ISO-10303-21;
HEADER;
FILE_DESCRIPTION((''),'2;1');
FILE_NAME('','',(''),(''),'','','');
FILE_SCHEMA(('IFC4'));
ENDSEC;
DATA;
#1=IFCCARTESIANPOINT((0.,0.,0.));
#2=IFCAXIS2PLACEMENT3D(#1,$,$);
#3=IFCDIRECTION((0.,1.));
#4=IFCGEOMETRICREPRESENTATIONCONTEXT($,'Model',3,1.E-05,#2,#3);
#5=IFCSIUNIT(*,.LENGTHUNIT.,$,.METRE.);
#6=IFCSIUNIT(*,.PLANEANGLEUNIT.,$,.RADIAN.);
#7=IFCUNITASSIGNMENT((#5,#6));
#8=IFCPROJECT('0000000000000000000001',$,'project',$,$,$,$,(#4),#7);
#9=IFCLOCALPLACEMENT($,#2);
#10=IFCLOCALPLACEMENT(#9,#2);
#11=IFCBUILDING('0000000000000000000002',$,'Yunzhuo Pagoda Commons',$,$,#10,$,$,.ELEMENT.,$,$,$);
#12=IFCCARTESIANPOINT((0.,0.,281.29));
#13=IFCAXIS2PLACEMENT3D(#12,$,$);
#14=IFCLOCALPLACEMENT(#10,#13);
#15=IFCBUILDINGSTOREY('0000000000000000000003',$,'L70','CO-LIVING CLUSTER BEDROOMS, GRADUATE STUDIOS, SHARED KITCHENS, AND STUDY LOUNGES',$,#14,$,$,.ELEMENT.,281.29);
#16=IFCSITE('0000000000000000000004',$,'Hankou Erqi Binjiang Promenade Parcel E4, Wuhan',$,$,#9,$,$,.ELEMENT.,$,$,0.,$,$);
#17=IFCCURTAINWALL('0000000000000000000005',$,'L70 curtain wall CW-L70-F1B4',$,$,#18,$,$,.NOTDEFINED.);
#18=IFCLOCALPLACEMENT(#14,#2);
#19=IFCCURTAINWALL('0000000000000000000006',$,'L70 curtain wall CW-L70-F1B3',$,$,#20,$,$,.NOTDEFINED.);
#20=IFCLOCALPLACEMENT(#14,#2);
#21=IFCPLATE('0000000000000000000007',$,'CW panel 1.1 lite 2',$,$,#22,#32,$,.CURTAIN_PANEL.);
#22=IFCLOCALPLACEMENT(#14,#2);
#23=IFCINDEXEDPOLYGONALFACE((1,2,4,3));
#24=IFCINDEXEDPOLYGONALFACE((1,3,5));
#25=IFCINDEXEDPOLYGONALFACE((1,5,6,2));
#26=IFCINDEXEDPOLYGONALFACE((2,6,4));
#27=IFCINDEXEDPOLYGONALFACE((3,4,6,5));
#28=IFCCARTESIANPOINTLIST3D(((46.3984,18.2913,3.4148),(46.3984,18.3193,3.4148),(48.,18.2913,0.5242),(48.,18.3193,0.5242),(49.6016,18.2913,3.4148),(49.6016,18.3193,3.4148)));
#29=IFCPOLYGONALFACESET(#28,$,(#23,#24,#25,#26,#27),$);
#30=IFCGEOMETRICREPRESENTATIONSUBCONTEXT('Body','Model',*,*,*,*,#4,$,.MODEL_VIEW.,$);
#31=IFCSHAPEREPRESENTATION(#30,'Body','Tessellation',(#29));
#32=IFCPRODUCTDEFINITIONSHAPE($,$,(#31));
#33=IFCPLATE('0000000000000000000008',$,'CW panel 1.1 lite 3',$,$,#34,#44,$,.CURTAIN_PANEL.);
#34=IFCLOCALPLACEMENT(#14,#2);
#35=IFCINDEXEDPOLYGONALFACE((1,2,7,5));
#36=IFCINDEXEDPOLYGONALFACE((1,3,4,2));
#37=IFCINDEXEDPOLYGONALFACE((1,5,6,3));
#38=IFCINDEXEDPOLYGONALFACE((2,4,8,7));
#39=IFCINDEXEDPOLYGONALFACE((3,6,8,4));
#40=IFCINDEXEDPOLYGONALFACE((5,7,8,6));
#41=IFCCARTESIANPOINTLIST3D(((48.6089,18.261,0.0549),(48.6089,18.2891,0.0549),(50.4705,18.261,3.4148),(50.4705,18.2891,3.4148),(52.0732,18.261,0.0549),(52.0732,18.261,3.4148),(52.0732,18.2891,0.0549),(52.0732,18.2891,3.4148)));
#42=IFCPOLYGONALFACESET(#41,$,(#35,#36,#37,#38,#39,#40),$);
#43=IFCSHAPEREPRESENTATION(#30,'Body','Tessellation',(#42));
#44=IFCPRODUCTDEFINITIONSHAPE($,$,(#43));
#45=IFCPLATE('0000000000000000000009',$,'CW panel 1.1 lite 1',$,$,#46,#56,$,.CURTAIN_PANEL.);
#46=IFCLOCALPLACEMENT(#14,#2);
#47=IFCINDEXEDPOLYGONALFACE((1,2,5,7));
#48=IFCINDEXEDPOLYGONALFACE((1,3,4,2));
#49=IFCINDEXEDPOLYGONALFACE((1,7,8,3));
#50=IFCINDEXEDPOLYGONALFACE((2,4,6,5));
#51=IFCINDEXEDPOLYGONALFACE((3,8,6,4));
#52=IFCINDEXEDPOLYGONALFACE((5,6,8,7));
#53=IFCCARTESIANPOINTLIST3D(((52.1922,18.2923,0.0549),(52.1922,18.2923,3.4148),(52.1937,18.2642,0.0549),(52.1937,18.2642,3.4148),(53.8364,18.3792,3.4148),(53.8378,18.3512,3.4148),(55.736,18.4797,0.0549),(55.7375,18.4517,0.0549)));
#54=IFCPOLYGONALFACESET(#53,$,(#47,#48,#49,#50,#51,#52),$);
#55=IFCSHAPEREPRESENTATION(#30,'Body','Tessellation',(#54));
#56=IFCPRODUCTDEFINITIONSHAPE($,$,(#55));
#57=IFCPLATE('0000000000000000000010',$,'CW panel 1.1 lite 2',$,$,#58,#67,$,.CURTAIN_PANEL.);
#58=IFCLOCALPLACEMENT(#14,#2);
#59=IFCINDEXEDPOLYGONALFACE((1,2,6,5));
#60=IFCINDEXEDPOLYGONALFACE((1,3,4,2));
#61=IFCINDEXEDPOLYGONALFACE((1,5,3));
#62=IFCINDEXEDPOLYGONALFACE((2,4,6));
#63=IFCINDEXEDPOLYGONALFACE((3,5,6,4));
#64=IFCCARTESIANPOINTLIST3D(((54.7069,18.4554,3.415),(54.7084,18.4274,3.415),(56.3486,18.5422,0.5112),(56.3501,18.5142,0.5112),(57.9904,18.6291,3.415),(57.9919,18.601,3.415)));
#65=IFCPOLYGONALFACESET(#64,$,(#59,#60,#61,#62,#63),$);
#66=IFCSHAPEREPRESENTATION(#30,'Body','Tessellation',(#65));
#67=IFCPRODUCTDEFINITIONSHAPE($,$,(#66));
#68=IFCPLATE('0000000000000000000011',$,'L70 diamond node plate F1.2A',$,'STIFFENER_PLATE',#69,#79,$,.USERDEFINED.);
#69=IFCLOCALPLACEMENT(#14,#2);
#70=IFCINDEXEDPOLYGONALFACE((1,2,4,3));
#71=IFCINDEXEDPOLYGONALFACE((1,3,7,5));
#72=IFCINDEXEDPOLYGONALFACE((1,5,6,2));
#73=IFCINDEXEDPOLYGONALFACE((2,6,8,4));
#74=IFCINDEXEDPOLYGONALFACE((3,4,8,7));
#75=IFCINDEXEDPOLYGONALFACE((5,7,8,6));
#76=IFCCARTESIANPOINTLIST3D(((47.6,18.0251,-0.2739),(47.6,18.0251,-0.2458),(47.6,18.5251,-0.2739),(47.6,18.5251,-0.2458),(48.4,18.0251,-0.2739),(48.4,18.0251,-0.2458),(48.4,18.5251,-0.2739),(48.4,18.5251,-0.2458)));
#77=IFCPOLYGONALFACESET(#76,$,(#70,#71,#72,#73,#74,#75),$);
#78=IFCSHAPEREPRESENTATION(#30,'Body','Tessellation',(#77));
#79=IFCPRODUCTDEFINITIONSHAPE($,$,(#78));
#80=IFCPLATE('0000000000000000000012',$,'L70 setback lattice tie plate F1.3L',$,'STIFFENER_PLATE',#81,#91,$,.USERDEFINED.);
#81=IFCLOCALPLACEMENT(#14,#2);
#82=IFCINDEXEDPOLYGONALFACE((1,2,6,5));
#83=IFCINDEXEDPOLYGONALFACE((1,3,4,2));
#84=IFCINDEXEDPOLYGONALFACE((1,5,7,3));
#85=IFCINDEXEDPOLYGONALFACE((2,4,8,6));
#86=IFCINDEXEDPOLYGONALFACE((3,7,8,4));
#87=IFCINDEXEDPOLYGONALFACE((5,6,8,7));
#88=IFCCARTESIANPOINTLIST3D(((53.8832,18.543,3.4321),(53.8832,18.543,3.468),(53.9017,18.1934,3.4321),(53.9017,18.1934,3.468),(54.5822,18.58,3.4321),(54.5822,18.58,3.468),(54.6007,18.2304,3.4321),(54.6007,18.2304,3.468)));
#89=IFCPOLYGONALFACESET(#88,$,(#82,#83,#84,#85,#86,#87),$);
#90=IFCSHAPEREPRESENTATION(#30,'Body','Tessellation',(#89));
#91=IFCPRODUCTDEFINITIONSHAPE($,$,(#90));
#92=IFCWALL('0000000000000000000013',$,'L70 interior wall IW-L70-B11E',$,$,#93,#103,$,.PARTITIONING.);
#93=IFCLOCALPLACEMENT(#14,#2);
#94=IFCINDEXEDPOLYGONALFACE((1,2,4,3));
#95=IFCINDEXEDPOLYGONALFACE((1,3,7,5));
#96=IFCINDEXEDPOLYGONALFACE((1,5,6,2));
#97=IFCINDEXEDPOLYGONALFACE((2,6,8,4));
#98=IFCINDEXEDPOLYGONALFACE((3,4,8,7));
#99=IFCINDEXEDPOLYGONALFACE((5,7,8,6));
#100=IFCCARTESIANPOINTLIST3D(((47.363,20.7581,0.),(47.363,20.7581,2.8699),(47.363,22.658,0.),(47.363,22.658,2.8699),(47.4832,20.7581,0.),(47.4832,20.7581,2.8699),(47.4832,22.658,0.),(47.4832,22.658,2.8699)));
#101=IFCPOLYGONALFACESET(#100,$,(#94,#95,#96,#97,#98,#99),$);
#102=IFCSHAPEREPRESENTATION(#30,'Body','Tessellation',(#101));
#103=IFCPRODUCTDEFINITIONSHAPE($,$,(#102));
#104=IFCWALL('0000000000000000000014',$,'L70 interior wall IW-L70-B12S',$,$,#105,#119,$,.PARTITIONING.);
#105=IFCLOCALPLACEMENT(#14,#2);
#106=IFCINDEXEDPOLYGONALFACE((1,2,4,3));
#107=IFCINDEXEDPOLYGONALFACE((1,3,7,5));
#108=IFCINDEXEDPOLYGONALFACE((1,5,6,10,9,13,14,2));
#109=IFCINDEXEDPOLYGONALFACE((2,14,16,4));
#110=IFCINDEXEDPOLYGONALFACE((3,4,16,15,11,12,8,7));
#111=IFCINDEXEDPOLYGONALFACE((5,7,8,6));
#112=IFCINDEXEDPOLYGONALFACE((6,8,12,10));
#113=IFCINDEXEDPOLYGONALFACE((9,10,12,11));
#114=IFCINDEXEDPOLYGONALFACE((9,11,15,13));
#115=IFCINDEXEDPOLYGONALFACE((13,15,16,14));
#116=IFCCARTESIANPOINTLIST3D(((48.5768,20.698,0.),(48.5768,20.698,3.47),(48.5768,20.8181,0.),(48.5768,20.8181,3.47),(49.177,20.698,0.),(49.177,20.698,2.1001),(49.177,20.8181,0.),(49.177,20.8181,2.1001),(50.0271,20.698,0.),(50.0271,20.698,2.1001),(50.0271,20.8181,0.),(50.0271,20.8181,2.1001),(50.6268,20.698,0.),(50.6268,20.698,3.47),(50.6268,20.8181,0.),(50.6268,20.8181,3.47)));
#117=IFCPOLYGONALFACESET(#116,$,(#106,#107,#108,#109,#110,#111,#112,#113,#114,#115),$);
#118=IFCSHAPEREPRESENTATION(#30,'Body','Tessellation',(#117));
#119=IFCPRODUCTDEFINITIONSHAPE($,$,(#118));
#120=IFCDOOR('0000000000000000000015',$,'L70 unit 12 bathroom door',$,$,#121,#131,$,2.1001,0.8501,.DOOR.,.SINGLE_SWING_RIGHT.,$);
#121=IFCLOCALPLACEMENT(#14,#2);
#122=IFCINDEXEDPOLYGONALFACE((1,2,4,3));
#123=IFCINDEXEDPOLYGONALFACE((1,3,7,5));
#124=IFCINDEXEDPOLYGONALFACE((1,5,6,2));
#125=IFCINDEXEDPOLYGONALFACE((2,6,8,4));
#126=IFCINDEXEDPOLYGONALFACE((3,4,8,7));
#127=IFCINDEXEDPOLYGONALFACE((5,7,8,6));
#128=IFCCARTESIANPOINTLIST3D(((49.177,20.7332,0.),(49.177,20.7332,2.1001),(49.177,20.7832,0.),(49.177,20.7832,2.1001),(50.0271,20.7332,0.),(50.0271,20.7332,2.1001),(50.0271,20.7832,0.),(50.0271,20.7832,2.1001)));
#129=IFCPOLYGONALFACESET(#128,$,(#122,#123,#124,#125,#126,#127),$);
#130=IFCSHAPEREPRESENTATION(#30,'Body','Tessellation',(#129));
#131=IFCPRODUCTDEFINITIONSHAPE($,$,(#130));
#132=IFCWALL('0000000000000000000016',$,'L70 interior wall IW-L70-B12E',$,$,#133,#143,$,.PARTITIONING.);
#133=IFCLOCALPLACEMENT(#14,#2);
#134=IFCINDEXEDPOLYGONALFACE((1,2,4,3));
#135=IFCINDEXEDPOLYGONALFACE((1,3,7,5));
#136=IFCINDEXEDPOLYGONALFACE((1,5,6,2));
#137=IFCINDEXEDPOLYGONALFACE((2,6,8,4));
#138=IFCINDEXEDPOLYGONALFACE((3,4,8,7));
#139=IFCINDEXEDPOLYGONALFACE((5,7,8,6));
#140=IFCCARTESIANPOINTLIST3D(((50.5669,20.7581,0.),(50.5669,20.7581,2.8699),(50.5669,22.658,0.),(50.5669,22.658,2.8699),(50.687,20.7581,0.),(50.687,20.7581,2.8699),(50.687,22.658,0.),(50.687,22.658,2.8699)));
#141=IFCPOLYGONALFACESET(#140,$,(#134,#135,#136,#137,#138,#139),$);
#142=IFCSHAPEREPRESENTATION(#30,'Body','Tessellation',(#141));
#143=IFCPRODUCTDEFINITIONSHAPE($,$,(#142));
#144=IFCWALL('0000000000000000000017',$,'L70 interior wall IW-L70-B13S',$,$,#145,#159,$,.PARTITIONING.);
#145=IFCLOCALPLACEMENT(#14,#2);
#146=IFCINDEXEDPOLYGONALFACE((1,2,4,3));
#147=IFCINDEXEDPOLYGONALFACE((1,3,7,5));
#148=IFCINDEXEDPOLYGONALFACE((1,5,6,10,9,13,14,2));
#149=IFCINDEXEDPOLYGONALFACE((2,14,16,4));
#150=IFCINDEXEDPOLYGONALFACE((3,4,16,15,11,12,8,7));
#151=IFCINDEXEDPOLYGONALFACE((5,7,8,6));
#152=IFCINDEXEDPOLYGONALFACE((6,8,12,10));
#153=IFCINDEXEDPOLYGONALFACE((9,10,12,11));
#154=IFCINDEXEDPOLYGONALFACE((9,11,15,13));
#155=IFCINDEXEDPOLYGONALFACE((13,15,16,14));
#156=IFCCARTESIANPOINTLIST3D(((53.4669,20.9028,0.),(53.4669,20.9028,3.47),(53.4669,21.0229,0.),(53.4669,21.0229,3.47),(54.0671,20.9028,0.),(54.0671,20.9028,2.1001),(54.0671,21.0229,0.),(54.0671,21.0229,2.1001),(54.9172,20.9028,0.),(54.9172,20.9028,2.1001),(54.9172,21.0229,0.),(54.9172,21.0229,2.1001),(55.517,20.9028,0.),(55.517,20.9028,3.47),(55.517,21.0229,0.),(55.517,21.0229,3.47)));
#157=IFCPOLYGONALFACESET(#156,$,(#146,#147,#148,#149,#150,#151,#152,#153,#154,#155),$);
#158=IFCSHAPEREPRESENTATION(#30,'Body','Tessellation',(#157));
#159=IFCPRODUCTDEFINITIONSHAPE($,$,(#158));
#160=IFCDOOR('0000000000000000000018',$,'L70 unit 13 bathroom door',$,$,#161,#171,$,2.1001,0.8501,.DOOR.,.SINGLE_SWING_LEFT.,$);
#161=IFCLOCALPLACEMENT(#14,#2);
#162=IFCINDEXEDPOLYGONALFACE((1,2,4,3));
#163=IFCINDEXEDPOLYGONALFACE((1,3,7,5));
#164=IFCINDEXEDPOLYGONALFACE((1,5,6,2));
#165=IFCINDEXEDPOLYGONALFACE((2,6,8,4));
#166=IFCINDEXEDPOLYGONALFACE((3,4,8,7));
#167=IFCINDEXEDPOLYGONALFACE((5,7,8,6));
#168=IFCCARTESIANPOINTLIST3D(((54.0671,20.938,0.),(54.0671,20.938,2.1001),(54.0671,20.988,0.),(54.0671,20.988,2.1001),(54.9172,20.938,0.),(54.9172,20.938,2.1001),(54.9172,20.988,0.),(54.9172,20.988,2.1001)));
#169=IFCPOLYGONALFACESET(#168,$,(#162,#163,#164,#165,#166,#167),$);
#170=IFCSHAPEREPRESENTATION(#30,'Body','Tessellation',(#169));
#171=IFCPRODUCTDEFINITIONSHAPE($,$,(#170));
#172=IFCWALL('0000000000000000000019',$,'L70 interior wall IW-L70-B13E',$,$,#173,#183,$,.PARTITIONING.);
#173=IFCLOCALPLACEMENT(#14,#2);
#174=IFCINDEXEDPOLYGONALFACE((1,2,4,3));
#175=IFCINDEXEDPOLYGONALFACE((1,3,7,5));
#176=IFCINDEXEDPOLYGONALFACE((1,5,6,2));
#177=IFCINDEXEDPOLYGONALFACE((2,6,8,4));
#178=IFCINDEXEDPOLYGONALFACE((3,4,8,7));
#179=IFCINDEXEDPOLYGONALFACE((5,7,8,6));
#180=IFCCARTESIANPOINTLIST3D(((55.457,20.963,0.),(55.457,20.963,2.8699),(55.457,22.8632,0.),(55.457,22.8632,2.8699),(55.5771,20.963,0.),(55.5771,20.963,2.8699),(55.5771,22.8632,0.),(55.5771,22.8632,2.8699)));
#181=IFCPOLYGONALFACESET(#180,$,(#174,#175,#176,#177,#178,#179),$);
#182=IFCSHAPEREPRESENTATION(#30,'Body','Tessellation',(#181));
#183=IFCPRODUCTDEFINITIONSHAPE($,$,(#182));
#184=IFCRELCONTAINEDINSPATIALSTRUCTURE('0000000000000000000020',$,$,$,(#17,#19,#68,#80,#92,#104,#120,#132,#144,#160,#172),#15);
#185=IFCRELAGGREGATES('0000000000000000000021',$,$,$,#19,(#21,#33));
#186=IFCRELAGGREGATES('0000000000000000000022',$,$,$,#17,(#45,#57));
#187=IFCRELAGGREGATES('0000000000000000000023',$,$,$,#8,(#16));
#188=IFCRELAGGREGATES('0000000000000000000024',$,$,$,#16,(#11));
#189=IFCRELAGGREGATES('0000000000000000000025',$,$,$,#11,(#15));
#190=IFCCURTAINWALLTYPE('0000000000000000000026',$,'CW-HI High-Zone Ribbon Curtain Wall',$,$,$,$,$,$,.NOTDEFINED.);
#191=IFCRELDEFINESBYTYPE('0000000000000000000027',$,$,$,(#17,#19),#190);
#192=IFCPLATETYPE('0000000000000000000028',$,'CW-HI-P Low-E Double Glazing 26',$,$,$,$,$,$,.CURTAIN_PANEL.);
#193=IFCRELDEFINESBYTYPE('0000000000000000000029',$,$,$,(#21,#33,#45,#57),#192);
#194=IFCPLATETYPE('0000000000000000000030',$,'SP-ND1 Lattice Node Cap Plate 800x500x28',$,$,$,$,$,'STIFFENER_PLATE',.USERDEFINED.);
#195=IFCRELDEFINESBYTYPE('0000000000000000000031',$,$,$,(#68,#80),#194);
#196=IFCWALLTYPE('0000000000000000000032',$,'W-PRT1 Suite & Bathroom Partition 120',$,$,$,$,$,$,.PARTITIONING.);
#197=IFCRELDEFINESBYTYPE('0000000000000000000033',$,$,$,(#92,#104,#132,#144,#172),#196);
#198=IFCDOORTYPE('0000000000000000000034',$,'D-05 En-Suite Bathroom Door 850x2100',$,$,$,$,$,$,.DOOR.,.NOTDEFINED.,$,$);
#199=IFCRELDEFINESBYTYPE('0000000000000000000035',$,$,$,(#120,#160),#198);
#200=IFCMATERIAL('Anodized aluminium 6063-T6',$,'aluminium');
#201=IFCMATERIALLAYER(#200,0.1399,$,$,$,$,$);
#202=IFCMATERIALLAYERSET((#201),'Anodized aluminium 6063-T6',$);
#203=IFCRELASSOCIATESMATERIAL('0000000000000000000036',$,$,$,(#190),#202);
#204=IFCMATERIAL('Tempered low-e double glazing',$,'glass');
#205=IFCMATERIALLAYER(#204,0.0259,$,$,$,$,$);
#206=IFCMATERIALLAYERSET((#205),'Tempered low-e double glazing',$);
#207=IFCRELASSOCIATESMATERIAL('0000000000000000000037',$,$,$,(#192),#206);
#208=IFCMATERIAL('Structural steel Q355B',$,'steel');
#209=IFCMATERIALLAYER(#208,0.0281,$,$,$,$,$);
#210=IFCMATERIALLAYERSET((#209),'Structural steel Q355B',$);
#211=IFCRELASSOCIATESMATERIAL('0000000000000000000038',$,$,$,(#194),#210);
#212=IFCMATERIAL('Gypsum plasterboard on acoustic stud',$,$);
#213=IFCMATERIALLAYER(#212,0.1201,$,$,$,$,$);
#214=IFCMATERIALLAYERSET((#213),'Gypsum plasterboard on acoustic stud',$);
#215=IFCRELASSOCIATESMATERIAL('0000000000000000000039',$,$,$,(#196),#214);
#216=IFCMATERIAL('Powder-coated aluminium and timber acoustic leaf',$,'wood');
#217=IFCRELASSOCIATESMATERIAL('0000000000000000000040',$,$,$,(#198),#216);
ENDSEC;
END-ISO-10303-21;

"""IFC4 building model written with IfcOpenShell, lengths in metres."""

from ifc_helpers import new_model, si_unit, direction, frame, frame_2d, origin, origin_2d, place, context, subcontext, project, spatial, polyline, rectangle, outline, extrude, source, transform, mapped, material, layer, layer_set, type_object, element, fill, aggregate, save


model = new_model("IFC4")

# Units and contexts
model_context = context("Model", 3, precision=1e-05, world=origin(), true_north=direction((0.0, 1.0)))
body_context = subcontext(model_context, "Body", "Model", "MODEL_VIEW")
ifc_project = project(units=[si_unit("LENGTHUNIT", "METRE"), si_unit("PLANEANGLEUNIT", "RADIAN")], contexts=[model_context])

# Site, building, storey
site_placement = place(None, origin())
site = spatial("IfcSite", under=ifc_project, at=site_placement, Name="Hankou Erqi Binjiang Promenade Parcel E4, Wuhan", CompositionType="ELEMENT", RefElevation=0.0)
building_placement = place(site_placement, origin())
building = spatial("IfcBuilding", under=site, at=building_placement, Name="Yunzhuo Pagoda Commons", CompositionType="ELEMENT")
storey_placement = place(building_placement, frame((0.0, 0.0, 281.29)))
storey = spatial("IfcBuildingStorey", under=building, at=storey_placement, Name="L70", Description="CO-LIVING CLUSTER BEDROOMS, GRADUATE STUDIOS, SHARED KITCHENS, AND STUDY LOUNGES", CompositionType="ELEMENT", Elevation=281.29)

# Shared definitions
ifc_material_1 = material(Name="Structural steel Q355B", Category="steel")

# Curtain wall
ifc_material_2 = material(Name="Anodized aluminium 6063-T6", Category="aluminium")
ifc_layer_1 = layer(ifc_material_2, 0.1399)
ifc_layer_set_1 = layer_set([ifc_layer_1], Name="Anodized aluminium 6063-T6")
curtain_wall_type = type_object("IfcCurtainWallType", Name="CW-HI High-Zone Ribbon Curtain Wall", PredefinedType="NOTDEFINED", material=ifc_layer_set_1)
curtain_wall_1_placement = place(storey_placement, origin())
curtain_wall_1 = element("IfcCurtainWall", 1, at=curtain_wall_1_placement, inside=storey, type_object=curtain_wall_type, Name="L70 curtain wall CW-L70-F1B4", PredefinedType="NOTDEFINED")

# Curtain wall, plates
curtain_wall_2_placement = place(storey_placement, origin())
curtain_wall_2 = element("IfcCurtainWall", 2, at=curtain_wall_2_placement, inside=storey, type_object=curtain_wall_type, Name="L70 curtain wall CW-L70-F1B3", PredefinedType="NOTDEFINED")
ifc_material_3 = material(Name="Tempered low-e double glazing", Category="glass")
ifc_layer_2 = layer(ifc_material_3, 0.0259)
ifc_layer_set_2 = layer_set([ifc_layer_2], Name="Tempered low-e double glazing")
plate_type_1 = type_object("IfcPlateType", Name="CW-HI-P Low-E Double Glazing 26", PredefinedType="CURTAIN_PANEL", material=ifc_layer_set_2)
plate_1_placement = place(storey_placement, frame((48.0, 18.3193, 1.9695), z_axis=(0.0, -1.0, 0.0), x_axis=(1.0, 0.0, 0.0)))
plate_1 = element("IfcPlate", 3, at=plate_1_placement, type_object=plate_type_1, Name="CW panel 1.1 lite 2", PredefinedType="CURTAIN_PANEL", context=body_context, shape_type="SweptSolid", body=[
    extrude(outline(polyline([(-1.6016, 1.4453), (0.0, -1.4453), (1.6016, 1.4453), (-1.6016, 1.4453)])), origin(), (0.0, 0.0, 1.0), 0.0281),
])
plate_2_placement = place(storey_placement, frame((50.3411, 18.2891, 1.7349), z_axis=(0.0, -1.0, 0.0), x_axis=(1.0, 0.0, 0.0)))
plate_2 = element("IfcPlate", 4, at=plate_2_placement, type_object=plate_type_1, Name="CW panel 1.1 lite 3", PredefinedType="CURTAIN_PANEL", context=body_context, shape_type="SweptSolid", body=[
    extrude(outline(polyline([(-1.7322, -1.6799), (1.7322, -1.6799), (1.7322, 1.6799), (0.1294, 1.6799), (-1.7322, -1.6799)])), origin(), (0.0, 0.0, 1.0), 0.0281),
])
aggregate(curtain_wall_2, [plate_1, plate_2])

# Plates
plate_3_placement = place(storey_placement, frame((53.9641, 18.386, 1.7349), z_axis=(0.052822, -0.998604, 0.0), x_axis=(0.998604, 0.052822, 0.0)))
plate_3 = element("IfcPlate", 5, at=plate_3_placement, type_object=plate_type_1, Name="CW panel 1.1 lite 1", PredefinedType="CURTAIN_PANEL", context=body_context, shape_type="SweptSolid", body=[
    extrude(outline(polyline([(-1.7744, -1.6799), (1.7744, -1.6799), (-0.1279, 1.6799), (-1.7744, 1.6799), (-1.7744, -1.6799)])), origin(), (0.0, 0.0, 1.0), 0.0281),
])
plate_4_placement = place(storey_placement, frame((56.3486, 18.5422, 1.9631), z_axis=(0.052822, -0.998604, 0.0), x_axis=(0.998604, 0.052822, 0.0)))
plate_4 = element("IfcPlate", 6, at=plate_4_placement, type_object=plate_type_1, Name="CW panel 1.1 lite 2", PredefinedType="CURTAIN_PANEL", context=body_context, shape_type="SweptSolid", body=[
    extrude(outline(polyline([(-1.644, 1.4519), (0.0, -1.4519), (1.644, 1.4519), (-1.644, 1.4519)])), origin(), (0.0, 0.0, 1.0), 0.0281),
])
aggregate(curtain_wall_1, [plate_3, plate_4])

# Plates
ifc_layer_3 = layer(ifc_material_1, 0.0281)
ifc_layer_set_3 = layer_set([ifc_layer_3], Name="Structural steel Q355B")
plate_type_2 = type_object("IfcPlateType", Name="SP-ND1 Lattice Node Cap Plate 800x500x28", ElementType="STIFFENER_PLATE", PredefinedType="USERDEFINED", material=ifc_layer_set_3)
shared_shape_1 = source(origin(), body_context, "Body", "SweptSolid", [
    extrude(rectangle(XDim=0.8, YDim=0.5, at=origin_2d()), origin(), (0.0, 0.0, 1.0), 0.0281),
])
plate_5_placement = place(storey_placement, frame((48.0, 18.2751, -0.2739), z_axis=(0.0, 0.0, 1.0), x_axis=(1.0, 0.0, 0.0)))
element("IfcPlate", 7, at=plate_5_placement, inside=storey, type_object=plate_type_2, Name="L70 diamond node plate F1.2A", ObjectType="STIFFENER_PLATE", PredefinedType="USERDEFINED", context=body_context, shape_type="MappedRepresentation", body=[
    mapped(shared_shape_1, transform((0.0, 0.0, 0.0), scale=1.0)),
])
shared_shape_2 = source(origin(), body_context, "Body", "SweptSolid", [
    extrude(rectangle(XDim=0.7, YDim=0.3501, at=origin_2d()), origin(), (0.0, 0.0, 1.0), 0.0359),
])
plate_6_placement = place(storey_placement, frame((54.2419, 18.3867, 3.4321), z_axis=(0.0, 0.0, 1.0), x_axis=(0.998604, 0.052824, 0.0)))
element("IfcPlate", 8, at=plate_6_placement, inside=storey, type_object=plate_type_2, Name="L70 setback lattice tie plate F1.3L", ObjectType="STIFFENER_PLATE", PredefinedType="USERDEFINED", context=body_context, shape_type="MappedRepresentation", body=[
    mapped(shared_shape_2, transform((0.0, 0.0, 0.0), scale=1.0)),
])

# Wall
ifc_material_4 = material(Name="Gypsum plasterboard on acoustic stud")
ifc_layer_4 = layer(ifc_material_4, 0.1201)
ifc_layer_set_4 = layer_set([ifc_layer_4], Name="Gypsum plasterboard on acoustic stud")
wall_type = type_object("IfcWallType", Name="W-PRT1 Suite & Bathroom Partition 120", PredefinedType="PARTITIONING", material=ifc_layer_set_4)
wall_1_placement = place(storey_placement, frame((47.4231, 20.7581, 0.0), z_axis=(0.0, 0.0, 1.0), x_axis=(0.0, 1.0, 0.0)))
element("IfcWall", 9, at=wall_1_placement, inside=storey, type_object=wall_type, Name="L70 interior wall IW-L70-B11E", PredefinedType="PARTITIONING", context=body_context, shape_type="SweptSolid", body=[
    extrude(rectangle(XDim=1.8999, YDim=0.1201, at=frame_2d((0.95, 0.0))), origin(), (0.0, 0.0, 1.0), 2.8699),
])

# Wall, opening, door
wall_2_placement = place(storey_placement, frame((48.5769, 20.7581, 0.0), z_axis=(0.0, 0.0, 1.0), x_axis=(1.0, 0.0, 0.0)))
wall_2 = element("IfcWall", 10, at=wall_2_placement, inside=storey, type_object=wall_type, Name="L70 interior wall IW-L70-B12S", PredefinedType="PARTITIONING", context=body_context, shape_type="SweptSolid", body=[
    extrude(rectangle(XDim=2.05, YDim=0.1201, at=frame_2d((1.0249, 0.0))), origin(), (0.0, 0.0, 1.0), 3.47),
])
opening_1_placement = place(wall_2_placement, frame((0.6001, 0.0, 0.0)))
opening_1 = element("IfcOpeningElement", 11, at=opening_1_placement, cuts=wall_2, PredefinedType="OPENING", context=body_context, shape_type="SweptSolid", body=[
    extrude(rectangle(XDim=0.8501, YDim=2.1001, at=frame_2d((0.425, 1.05))), frame((0.0, 0.0701, 0.0), z_axis=(0.0, -1.0, 0.0), x_axis=(1.0, 0.0, 0.0)), (0.0, 0.0, 1.0), 0.1401),
])
ifc_material_5 = material(Name="Powder-coated aluminium and timber acoustic leaf", Category="wood")
door_type = type_object("IfcDoorType", Name="D-05 En-Suite Bathroom Door 850x2100", OperationType="NOTDEFINED", PredefinedType="DOOR", material=ifc_material_5)
shared_shape_3 = source(origin(), body_context, "Body", "SweptSolid", [
    extrude(rectangle(XDim=0.8501, YDim=2.1001, at=frame_2d((0.425, 1.05))), frame((0.0, 0.0249, 0.0), z_axis=(0.0, -1.0, 0.0), x_axis=(1.0, 0.0, 0.0)), (0.0, 0.0, 1.0), 0.05),
])
door_1_placement = place(opening_1_placement, frame((0.8501, 0.0, 0.0), z_axis=(0.0, 0.0, 1.0), x_axis=(-1.0, 0.0, 0.0)))
door_1 = element("IfcDoor", 12, at=door_1_placement, inside=storey, type_object=door_type, Name="L70 unit 12 bathroom door", OperationType="SINGLE_SWING_RIGHT", OverallHeight=2.1001, OverallWidth=0.8501, PredefinedType="DOOR", context=body_context, shape_type="MappedRepresentation", body=[
    mapped(shared_shape_3, transform((0.0, 0.0, 0.0), scale=1.0)),
])
fill(opening_1, door_1)

# Wall
wall_3_placement = place(storey_placement, frame((50.627, 20.7581, 0.0), z_axis=(0.0, 0.0, 1.0), x_axis=(0.0, 1.0, 0.0)))
element("IfcWall", 13, at=wall_3_placement, inside=storey, type_object=wall_type, Name="L70 interior wall IW-L70-B12E", PredefinedType="PARTITIONING", context=body_context, shape_type="SweptSolid", body=[
    extrude(rectangle(XDim=1.8999, YDim=0.1201, at=frame_2d((0.95, 0.0))), origin(), (0.0, 0.0, 1.0), 2.8699),
])

# Wall, opening, door
wall_4_placement = place(storey_placement, frame((53.467, 20.9629, 0.0), z_axis=(0.0, 0.0, 1.0), x_axis=(1.0, 0.0, 0.0)))
wall_4 = element("IfcWall", 14, at=wall_4_placement, inside=storey, type_object=wall_type, Name="L70 interior wall IW-L70-B13S", PredefinedType="PARTITIONING", context=body_context, shape_type="SweptSolid", body=[
    extrude(rectangle(XDim=2.05, YDim=0.1201, at=frame_2d((1.0249, 0.0))), origin(), (0.0, 0.0, 1.0), 3.47),
])
opening_2_placement = place(wall_4_placement, frame((0.6001, 0.0, 0.0)))
opening_2 = element("IfcOpeningElement", 15, at=opening_2_placement, cuts=wall_4, PredefinedType="OPENING", context=body_context, shape_type="SweptSolid", body=[
    extrude(rectangle(XDim=0.8501, YDim=2.1001, at=frame_2d((0.425, 1.05))), frame((0.0, 0.0701, 0.0), z_axis=(0.0, -1.0, 0.0), x_axis=(1.0, 0.0, 0.0)), (0.0, 0.0, 1.0), 0.1401),
])
door_2_placement = place(opening_2_placement, frame((0.8501, 0.0, 0.0), z_axis=(0.0, 0.0, 1.0), x_axis=(-1.0, 0.0, 0.0)))
door_2 = element("IfcDoor", 16, at=door_2_placement, inside=storey, type_object=door_type, Name="L70 unit 13 bathroom door", OperationType="SINGLE_SWING_LEFT", OverallHeight=2.1001, OverallWidth=0.8501, PredefinedType="DOOR", context=body_context, shape_type="MappedRepresentation", body=[
    mapped(shared_shape_3, transform((0.0, 0.0, 0.0), scale=1.0)),
])
fill(opening_2, door_2)

# Wall
wall_5_placement = place(storey_placement, frame((55.5171, 20.9629, 0.0), z_axis=(0.0, 0.0, 1.0), x_axis=(0.0, 1.0, 0.0)))
element("IfcWall", 17, at=wall_5_placement, inside=storey, type_object=wall_type, Name="L70 interior wall IW-L70-B13E", PredefinedType="PARTITIONING", context=body_context, shape_type="SweptSolid", body=[
    extrude(rectangle(XDim=1.9001, YDim=0.1201, at=frame_2d((0.9502, 0.0))), origin(), (0.0, 0.0, 1.0), 2.8699),
])

save(model, "model.ifc")
